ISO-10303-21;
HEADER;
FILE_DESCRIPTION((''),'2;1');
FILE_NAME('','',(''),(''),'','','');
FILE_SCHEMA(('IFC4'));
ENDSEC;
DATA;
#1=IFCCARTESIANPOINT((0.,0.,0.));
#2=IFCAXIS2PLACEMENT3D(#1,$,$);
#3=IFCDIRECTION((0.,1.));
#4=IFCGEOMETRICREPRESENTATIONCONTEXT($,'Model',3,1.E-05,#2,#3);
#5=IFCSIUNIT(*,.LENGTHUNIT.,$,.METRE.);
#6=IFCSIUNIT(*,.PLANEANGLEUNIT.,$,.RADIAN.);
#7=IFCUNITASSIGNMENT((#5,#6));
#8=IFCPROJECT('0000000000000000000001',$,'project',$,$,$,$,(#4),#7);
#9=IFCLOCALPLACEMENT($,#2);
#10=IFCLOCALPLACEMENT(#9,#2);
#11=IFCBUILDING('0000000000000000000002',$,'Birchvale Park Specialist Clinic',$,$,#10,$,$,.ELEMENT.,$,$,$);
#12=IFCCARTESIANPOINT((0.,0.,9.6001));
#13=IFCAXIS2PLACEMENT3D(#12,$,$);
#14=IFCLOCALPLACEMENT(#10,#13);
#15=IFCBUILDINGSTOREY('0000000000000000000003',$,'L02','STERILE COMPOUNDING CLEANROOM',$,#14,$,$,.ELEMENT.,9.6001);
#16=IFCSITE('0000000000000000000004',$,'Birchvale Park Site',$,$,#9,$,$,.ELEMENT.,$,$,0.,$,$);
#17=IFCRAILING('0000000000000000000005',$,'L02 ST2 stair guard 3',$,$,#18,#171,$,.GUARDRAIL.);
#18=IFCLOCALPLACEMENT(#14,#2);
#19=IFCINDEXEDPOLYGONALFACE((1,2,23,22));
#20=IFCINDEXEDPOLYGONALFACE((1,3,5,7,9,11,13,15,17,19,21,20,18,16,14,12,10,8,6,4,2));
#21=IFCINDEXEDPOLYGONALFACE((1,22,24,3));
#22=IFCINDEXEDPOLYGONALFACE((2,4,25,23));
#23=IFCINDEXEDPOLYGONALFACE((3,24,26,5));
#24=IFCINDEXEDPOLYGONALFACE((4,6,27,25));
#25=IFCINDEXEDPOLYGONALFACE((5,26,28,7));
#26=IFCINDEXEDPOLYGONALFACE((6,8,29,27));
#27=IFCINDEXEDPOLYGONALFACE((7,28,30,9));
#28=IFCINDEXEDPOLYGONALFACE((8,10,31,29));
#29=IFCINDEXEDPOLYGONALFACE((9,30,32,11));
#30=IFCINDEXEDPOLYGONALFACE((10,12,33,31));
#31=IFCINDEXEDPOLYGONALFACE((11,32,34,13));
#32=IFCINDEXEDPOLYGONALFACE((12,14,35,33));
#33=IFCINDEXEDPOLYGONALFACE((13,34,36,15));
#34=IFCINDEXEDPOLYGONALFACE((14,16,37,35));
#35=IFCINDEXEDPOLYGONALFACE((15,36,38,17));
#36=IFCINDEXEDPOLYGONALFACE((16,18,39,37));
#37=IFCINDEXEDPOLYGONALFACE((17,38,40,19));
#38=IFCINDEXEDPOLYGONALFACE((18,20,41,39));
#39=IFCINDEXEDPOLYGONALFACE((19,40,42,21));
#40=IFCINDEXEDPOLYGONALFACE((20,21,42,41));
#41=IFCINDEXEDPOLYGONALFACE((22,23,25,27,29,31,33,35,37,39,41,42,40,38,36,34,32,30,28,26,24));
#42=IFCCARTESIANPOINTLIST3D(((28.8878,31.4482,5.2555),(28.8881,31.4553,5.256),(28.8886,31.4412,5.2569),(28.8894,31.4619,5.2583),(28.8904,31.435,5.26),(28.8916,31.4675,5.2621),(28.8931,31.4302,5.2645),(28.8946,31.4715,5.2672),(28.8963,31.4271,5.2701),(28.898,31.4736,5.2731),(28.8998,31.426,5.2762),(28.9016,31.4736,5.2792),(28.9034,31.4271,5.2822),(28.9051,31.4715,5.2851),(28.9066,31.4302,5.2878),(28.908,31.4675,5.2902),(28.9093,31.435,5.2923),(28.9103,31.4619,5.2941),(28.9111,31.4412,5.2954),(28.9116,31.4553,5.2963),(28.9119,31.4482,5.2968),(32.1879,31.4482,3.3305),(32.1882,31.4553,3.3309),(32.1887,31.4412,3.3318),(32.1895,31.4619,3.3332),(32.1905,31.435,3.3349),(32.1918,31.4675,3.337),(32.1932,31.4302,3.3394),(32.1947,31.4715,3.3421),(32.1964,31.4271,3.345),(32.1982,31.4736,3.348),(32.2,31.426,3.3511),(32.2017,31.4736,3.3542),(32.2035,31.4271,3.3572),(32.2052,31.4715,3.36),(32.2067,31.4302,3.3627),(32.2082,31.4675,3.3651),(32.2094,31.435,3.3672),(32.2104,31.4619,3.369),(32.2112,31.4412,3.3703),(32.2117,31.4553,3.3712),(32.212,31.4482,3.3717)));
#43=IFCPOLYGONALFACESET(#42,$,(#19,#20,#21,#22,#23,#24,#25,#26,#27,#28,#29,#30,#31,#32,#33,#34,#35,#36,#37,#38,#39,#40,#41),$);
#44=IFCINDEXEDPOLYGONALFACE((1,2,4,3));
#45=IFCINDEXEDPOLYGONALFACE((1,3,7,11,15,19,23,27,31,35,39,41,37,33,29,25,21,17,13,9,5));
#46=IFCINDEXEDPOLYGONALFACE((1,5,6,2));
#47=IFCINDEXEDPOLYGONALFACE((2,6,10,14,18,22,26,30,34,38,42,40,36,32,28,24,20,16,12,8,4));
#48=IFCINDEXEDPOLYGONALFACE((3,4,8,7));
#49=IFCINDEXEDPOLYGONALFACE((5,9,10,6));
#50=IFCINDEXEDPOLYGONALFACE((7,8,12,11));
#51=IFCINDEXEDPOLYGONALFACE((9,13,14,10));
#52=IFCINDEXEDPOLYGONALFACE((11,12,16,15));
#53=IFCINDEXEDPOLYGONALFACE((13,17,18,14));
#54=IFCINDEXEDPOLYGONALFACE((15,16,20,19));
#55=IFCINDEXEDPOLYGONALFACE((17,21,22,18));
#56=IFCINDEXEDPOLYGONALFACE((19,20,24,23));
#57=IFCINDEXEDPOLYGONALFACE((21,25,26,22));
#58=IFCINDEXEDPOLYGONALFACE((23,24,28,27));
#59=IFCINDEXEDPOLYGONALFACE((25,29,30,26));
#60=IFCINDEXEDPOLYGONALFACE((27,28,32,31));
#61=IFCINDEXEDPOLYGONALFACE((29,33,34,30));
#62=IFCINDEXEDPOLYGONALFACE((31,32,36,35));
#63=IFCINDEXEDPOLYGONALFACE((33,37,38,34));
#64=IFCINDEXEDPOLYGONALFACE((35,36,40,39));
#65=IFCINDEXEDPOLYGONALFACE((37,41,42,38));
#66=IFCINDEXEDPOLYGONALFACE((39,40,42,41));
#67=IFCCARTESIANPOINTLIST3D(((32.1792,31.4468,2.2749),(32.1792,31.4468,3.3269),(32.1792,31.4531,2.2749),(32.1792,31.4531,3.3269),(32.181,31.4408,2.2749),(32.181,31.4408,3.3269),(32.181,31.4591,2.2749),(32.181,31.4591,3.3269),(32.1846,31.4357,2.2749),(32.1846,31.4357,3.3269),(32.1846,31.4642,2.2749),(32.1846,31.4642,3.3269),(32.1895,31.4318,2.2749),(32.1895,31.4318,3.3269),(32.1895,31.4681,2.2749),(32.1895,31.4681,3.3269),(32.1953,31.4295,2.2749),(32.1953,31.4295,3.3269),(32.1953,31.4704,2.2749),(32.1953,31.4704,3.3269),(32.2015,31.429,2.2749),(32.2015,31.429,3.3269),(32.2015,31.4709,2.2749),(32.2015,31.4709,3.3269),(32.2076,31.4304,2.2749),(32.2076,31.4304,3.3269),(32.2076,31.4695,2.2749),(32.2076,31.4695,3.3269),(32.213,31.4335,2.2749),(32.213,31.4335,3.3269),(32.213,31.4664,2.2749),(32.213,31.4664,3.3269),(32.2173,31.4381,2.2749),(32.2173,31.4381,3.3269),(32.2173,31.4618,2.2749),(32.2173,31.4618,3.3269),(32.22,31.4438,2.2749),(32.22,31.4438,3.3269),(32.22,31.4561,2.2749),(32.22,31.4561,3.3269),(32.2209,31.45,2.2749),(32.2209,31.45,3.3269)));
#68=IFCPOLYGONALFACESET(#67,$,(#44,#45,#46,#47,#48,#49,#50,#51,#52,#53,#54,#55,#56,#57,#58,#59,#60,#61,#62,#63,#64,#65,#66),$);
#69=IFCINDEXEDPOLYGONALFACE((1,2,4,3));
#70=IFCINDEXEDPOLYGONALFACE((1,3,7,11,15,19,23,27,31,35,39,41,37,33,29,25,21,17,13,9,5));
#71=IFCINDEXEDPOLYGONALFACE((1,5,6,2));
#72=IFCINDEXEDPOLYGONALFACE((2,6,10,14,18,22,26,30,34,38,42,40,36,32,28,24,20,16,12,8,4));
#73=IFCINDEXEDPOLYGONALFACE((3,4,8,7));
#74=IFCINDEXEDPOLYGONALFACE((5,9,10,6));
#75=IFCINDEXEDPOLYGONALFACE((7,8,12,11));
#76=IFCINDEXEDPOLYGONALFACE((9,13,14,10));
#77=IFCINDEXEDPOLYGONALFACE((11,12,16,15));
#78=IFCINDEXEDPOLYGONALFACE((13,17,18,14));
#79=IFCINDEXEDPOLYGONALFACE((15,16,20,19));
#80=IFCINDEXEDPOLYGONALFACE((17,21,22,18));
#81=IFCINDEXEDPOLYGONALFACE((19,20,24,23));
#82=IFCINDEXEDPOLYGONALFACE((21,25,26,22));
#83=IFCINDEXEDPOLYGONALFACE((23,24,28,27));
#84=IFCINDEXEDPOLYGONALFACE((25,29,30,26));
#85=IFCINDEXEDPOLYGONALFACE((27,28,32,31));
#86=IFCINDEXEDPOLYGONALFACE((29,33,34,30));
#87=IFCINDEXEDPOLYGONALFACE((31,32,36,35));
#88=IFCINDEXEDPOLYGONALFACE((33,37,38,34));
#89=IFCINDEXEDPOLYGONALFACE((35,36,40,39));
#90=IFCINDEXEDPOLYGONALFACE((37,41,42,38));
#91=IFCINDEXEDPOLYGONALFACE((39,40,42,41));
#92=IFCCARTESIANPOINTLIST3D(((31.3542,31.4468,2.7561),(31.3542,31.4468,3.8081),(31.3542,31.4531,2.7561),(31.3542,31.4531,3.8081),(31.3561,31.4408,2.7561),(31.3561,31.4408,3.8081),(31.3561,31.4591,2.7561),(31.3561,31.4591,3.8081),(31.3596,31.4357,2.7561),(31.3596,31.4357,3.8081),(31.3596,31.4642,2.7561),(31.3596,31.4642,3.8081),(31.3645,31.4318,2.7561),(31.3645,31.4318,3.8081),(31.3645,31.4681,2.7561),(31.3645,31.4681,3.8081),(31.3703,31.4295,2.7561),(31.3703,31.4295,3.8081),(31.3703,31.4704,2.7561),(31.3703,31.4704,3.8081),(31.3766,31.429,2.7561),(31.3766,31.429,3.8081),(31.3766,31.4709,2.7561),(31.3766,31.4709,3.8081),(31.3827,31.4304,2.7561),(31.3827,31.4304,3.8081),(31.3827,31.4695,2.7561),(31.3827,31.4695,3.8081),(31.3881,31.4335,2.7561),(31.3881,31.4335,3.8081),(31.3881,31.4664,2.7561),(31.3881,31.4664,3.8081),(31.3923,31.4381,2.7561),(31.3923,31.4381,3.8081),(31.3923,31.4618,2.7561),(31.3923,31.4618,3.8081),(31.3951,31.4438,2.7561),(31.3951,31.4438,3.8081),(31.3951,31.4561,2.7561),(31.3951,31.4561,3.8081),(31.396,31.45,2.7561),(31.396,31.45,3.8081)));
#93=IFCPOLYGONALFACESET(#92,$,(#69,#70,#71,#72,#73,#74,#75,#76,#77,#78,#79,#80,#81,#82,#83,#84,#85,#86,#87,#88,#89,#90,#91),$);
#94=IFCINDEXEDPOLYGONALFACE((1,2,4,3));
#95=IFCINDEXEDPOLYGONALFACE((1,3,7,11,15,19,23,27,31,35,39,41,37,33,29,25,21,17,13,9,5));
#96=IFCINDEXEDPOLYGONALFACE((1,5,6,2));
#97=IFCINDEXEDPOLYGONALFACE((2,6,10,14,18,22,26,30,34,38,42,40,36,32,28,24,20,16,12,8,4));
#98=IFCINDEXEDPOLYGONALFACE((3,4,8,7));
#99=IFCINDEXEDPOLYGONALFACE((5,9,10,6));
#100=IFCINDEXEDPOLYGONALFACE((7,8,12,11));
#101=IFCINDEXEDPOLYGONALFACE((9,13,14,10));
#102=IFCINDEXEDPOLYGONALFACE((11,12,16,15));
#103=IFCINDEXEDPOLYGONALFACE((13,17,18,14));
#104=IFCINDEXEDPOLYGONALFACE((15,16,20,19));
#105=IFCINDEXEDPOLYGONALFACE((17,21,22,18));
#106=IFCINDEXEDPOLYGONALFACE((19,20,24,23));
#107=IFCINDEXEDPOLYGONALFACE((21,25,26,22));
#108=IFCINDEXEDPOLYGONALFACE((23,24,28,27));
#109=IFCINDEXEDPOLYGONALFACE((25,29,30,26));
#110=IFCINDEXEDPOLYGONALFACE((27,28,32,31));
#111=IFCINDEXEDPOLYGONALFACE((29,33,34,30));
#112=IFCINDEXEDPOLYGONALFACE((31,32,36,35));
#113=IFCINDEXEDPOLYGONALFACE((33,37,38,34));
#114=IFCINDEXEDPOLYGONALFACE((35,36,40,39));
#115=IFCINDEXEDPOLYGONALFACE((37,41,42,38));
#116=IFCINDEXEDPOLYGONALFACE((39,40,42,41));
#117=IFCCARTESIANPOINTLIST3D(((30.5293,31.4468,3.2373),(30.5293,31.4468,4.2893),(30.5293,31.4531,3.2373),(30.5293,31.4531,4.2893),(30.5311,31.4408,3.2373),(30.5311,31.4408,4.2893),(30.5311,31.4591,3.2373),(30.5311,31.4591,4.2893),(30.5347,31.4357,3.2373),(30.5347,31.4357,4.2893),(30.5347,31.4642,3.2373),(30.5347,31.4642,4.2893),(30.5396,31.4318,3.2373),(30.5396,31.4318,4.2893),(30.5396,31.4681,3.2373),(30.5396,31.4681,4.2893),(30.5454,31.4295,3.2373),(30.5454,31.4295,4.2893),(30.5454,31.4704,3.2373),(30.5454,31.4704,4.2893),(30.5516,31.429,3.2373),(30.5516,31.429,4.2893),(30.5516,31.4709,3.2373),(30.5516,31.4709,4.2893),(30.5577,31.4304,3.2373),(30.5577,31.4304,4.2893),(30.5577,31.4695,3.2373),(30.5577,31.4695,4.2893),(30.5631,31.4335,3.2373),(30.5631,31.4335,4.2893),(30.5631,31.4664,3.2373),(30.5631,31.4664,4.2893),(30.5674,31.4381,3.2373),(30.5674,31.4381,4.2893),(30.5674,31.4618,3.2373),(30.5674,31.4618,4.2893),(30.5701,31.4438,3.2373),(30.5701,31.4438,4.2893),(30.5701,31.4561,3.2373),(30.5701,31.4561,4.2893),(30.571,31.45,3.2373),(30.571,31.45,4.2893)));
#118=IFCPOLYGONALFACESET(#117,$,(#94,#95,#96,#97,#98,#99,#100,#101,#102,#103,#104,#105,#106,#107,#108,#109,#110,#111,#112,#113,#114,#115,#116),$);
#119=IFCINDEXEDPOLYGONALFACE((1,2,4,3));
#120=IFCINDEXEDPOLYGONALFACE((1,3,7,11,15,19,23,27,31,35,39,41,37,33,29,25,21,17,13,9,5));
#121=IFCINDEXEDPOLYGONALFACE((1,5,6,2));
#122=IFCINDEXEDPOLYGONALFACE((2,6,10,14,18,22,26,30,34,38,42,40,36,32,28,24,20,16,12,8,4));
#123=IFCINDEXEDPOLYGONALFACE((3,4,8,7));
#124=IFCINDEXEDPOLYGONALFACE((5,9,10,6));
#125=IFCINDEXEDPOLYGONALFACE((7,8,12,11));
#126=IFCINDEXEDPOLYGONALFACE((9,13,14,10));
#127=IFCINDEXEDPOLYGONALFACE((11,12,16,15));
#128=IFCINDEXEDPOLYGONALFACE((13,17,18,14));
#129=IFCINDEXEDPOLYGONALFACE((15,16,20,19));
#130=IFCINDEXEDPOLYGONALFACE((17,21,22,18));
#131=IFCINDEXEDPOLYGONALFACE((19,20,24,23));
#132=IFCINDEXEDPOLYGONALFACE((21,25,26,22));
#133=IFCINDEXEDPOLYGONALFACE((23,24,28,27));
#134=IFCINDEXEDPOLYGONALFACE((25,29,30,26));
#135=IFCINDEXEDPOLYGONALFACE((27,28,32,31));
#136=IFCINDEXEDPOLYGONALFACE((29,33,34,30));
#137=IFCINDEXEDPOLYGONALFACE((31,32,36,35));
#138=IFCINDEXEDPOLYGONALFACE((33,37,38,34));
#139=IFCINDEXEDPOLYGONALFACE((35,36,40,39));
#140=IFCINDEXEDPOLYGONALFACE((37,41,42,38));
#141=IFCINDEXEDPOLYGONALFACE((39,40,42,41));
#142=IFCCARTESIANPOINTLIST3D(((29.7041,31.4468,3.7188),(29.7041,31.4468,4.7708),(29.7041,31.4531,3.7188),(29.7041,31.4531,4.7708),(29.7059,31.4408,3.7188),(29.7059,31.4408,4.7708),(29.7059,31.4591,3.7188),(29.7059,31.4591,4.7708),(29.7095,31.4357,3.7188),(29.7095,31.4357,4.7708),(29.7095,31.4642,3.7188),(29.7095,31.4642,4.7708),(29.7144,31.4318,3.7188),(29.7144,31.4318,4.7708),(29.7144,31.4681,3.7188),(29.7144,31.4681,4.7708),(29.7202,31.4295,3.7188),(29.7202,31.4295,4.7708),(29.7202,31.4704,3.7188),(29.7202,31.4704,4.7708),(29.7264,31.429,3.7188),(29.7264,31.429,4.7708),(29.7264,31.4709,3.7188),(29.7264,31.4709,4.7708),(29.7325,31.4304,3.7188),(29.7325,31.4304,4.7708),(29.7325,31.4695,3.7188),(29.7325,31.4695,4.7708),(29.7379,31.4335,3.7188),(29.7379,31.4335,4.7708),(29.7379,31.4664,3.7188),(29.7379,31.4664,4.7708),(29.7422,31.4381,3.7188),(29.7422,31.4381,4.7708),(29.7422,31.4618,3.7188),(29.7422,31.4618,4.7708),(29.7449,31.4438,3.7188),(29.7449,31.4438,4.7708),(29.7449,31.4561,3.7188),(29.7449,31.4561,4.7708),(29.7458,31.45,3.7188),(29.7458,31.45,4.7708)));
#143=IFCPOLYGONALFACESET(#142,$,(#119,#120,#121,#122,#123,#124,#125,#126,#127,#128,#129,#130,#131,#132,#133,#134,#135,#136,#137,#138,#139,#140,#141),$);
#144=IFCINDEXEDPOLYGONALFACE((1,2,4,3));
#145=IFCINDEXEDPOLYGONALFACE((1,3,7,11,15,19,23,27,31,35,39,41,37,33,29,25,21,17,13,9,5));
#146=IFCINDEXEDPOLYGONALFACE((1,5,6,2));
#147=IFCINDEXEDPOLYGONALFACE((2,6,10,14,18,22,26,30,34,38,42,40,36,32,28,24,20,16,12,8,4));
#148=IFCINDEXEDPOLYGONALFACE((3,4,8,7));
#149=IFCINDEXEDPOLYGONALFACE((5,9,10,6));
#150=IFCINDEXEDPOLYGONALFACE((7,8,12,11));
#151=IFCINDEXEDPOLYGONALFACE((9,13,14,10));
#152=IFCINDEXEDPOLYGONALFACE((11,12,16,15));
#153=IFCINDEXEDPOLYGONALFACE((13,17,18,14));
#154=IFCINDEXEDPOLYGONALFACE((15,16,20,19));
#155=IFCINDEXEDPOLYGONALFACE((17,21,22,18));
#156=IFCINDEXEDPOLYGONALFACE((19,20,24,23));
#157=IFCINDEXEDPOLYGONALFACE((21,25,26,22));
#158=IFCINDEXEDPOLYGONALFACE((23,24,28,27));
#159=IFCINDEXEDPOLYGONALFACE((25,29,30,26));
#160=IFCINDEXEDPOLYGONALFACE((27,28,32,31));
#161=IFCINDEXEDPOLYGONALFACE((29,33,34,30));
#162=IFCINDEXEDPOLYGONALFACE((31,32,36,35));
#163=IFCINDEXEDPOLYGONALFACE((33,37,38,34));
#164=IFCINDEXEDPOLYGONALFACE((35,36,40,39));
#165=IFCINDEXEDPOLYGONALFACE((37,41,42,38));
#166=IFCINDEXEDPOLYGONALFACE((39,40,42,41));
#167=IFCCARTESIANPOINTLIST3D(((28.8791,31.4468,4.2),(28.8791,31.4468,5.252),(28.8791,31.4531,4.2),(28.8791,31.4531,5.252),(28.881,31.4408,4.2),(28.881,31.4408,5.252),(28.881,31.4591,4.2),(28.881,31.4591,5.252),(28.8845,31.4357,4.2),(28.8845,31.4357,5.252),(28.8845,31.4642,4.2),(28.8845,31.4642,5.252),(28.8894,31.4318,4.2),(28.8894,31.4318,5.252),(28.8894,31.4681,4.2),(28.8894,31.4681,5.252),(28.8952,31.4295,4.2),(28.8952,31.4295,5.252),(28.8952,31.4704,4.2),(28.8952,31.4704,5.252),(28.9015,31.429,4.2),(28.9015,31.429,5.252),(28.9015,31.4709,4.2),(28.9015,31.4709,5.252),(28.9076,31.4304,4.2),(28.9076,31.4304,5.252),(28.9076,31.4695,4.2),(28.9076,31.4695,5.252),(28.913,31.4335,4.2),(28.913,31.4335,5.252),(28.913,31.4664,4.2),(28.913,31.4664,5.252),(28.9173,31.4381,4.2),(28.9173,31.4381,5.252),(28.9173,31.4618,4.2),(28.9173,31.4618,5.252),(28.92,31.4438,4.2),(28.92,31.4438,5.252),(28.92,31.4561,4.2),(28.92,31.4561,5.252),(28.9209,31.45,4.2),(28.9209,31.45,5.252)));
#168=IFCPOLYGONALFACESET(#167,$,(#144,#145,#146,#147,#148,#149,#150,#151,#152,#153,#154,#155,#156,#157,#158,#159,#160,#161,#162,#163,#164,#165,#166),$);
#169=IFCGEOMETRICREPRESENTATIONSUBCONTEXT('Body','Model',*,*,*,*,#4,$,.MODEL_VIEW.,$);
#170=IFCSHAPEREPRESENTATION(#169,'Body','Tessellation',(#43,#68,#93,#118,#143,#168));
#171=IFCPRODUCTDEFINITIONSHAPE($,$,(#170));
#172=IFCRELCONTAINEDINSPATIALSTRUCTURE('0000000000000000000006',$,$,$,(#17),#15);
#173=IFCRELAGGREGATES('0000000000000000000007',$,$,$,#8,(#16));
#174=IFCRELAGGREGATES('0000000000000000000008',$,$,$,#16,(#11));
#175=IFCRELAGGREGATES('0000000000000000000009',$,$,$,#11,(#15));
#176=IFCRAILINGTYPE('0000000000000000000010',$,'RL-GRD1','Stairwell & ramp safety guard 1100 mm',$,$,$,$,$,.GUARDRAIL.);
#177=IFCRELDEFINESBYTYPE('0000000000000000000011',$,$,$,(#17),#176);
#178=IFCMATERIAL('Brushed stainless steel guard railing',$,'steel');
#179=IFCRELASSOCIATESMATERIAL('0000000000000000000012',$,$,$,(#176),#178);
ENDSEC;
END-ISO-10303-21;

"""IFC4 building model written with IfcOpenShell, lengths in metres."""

from ifc_helpers import new_model, si_unit, direction, frame, origin, origin_2d, place, context, subcontext, project, spatial, circle, extrude, material, type_object, element, save


model = new_model("IFC4")

# Units and contexts
model_context = context("Model", 3, precision=1e-05, world=origin(), true_north=direction((0.0, 1.0)))
body_context = subcontext(model_context, "Body", "Model", "MODEL_VIEW")
ifc_project = project(units=[si_unit("LENGTHUNIT", "METRE"), si_unit("PLANEANGLEUNIT", "RADIAN")], contexts=[model_context])

# Site, building, storey
site_placement = place(None, origin())
site = spatial("IfcSite", under=ifc_project, at=site_placement, Name="Birchvale Park Site", CompositionType="ELEMENT", RefElevation=0.0)
building_placement = place(site_placement, origin())
building = spatial("IfcBuilding", under=site, at=building_placement, Name="Birchvale Park Specialist Clinic", CompositionType="ELEMENT")
storey_placement = place(building_placement, frame((0.0, 0.0, 9.6001)))
storey = spatial("IfcBuildingStorey", under=building, at=storey_placement, Name="L02", Description="STERILE COMPOUNDING CLEANROOM", CompositionType="ELEMENT", Elevation=9.6001)

# Railing
ifc_material_1 = material(Name="Brushed stainless steel guard railing", Category="steel")
railing_type_1 = type_object("IfcRailingType", Name="RL-GRD1", Description="Stairwell & ramp safety guard 1100 mm", PredefinedType="GUARDRAIL", material=ifc_material_1)
railing_1_placement = place(storey_placement, frame((32.2, 31.45, 2.2749)))
element("IfcRailing", 1, at=railing_1_placement, inside=storey, type_object=railing_type_1, Name="L02 ST2 stair guard 3", PredefinedType="GUARDRAIL", context=body_context, shape_type="SweptSolid", body=[
    extrude(circle(Radius=0.0239, at=origin_2d()), frame((0.0, 0.0, 1.0762), z_axis=(-0.863777, 0.0, 0.503875), x_axis=(0.0, -1.0, 0.0)), (0.0, 0.0, 1.0), 3.8206),
    extrude(circle(Radius=0.021, at=origin_2d()), origin(), (0.0, 0.0, 1.0), 1.052),
    extrude(circle(Radius=0.021, at=origin_2d()), frame((-0.825, 0.0, 0.4812)), (0.0, 0.0, 1.0), 1.052),
    extrude(circle(Radius=0.021, at=origin_2d()), frame((-1.6499, 0.0, 0.9624)), (0.0, 0.0, 1.0), 1.052),
    extrude(circle(Radius=0.021, at=origin_2d()), frame((-2.4751, 0.0, 1.4438)), (0.0, 0.0, 1.0), 1.052),
    extrude(circle(Radius=0.021, at=origin_2d()), frame((-3.3, 0.0, 1.925)), (0.0, 0.0, 1.0), 1.052),
])

save(model, "model.ifc")
